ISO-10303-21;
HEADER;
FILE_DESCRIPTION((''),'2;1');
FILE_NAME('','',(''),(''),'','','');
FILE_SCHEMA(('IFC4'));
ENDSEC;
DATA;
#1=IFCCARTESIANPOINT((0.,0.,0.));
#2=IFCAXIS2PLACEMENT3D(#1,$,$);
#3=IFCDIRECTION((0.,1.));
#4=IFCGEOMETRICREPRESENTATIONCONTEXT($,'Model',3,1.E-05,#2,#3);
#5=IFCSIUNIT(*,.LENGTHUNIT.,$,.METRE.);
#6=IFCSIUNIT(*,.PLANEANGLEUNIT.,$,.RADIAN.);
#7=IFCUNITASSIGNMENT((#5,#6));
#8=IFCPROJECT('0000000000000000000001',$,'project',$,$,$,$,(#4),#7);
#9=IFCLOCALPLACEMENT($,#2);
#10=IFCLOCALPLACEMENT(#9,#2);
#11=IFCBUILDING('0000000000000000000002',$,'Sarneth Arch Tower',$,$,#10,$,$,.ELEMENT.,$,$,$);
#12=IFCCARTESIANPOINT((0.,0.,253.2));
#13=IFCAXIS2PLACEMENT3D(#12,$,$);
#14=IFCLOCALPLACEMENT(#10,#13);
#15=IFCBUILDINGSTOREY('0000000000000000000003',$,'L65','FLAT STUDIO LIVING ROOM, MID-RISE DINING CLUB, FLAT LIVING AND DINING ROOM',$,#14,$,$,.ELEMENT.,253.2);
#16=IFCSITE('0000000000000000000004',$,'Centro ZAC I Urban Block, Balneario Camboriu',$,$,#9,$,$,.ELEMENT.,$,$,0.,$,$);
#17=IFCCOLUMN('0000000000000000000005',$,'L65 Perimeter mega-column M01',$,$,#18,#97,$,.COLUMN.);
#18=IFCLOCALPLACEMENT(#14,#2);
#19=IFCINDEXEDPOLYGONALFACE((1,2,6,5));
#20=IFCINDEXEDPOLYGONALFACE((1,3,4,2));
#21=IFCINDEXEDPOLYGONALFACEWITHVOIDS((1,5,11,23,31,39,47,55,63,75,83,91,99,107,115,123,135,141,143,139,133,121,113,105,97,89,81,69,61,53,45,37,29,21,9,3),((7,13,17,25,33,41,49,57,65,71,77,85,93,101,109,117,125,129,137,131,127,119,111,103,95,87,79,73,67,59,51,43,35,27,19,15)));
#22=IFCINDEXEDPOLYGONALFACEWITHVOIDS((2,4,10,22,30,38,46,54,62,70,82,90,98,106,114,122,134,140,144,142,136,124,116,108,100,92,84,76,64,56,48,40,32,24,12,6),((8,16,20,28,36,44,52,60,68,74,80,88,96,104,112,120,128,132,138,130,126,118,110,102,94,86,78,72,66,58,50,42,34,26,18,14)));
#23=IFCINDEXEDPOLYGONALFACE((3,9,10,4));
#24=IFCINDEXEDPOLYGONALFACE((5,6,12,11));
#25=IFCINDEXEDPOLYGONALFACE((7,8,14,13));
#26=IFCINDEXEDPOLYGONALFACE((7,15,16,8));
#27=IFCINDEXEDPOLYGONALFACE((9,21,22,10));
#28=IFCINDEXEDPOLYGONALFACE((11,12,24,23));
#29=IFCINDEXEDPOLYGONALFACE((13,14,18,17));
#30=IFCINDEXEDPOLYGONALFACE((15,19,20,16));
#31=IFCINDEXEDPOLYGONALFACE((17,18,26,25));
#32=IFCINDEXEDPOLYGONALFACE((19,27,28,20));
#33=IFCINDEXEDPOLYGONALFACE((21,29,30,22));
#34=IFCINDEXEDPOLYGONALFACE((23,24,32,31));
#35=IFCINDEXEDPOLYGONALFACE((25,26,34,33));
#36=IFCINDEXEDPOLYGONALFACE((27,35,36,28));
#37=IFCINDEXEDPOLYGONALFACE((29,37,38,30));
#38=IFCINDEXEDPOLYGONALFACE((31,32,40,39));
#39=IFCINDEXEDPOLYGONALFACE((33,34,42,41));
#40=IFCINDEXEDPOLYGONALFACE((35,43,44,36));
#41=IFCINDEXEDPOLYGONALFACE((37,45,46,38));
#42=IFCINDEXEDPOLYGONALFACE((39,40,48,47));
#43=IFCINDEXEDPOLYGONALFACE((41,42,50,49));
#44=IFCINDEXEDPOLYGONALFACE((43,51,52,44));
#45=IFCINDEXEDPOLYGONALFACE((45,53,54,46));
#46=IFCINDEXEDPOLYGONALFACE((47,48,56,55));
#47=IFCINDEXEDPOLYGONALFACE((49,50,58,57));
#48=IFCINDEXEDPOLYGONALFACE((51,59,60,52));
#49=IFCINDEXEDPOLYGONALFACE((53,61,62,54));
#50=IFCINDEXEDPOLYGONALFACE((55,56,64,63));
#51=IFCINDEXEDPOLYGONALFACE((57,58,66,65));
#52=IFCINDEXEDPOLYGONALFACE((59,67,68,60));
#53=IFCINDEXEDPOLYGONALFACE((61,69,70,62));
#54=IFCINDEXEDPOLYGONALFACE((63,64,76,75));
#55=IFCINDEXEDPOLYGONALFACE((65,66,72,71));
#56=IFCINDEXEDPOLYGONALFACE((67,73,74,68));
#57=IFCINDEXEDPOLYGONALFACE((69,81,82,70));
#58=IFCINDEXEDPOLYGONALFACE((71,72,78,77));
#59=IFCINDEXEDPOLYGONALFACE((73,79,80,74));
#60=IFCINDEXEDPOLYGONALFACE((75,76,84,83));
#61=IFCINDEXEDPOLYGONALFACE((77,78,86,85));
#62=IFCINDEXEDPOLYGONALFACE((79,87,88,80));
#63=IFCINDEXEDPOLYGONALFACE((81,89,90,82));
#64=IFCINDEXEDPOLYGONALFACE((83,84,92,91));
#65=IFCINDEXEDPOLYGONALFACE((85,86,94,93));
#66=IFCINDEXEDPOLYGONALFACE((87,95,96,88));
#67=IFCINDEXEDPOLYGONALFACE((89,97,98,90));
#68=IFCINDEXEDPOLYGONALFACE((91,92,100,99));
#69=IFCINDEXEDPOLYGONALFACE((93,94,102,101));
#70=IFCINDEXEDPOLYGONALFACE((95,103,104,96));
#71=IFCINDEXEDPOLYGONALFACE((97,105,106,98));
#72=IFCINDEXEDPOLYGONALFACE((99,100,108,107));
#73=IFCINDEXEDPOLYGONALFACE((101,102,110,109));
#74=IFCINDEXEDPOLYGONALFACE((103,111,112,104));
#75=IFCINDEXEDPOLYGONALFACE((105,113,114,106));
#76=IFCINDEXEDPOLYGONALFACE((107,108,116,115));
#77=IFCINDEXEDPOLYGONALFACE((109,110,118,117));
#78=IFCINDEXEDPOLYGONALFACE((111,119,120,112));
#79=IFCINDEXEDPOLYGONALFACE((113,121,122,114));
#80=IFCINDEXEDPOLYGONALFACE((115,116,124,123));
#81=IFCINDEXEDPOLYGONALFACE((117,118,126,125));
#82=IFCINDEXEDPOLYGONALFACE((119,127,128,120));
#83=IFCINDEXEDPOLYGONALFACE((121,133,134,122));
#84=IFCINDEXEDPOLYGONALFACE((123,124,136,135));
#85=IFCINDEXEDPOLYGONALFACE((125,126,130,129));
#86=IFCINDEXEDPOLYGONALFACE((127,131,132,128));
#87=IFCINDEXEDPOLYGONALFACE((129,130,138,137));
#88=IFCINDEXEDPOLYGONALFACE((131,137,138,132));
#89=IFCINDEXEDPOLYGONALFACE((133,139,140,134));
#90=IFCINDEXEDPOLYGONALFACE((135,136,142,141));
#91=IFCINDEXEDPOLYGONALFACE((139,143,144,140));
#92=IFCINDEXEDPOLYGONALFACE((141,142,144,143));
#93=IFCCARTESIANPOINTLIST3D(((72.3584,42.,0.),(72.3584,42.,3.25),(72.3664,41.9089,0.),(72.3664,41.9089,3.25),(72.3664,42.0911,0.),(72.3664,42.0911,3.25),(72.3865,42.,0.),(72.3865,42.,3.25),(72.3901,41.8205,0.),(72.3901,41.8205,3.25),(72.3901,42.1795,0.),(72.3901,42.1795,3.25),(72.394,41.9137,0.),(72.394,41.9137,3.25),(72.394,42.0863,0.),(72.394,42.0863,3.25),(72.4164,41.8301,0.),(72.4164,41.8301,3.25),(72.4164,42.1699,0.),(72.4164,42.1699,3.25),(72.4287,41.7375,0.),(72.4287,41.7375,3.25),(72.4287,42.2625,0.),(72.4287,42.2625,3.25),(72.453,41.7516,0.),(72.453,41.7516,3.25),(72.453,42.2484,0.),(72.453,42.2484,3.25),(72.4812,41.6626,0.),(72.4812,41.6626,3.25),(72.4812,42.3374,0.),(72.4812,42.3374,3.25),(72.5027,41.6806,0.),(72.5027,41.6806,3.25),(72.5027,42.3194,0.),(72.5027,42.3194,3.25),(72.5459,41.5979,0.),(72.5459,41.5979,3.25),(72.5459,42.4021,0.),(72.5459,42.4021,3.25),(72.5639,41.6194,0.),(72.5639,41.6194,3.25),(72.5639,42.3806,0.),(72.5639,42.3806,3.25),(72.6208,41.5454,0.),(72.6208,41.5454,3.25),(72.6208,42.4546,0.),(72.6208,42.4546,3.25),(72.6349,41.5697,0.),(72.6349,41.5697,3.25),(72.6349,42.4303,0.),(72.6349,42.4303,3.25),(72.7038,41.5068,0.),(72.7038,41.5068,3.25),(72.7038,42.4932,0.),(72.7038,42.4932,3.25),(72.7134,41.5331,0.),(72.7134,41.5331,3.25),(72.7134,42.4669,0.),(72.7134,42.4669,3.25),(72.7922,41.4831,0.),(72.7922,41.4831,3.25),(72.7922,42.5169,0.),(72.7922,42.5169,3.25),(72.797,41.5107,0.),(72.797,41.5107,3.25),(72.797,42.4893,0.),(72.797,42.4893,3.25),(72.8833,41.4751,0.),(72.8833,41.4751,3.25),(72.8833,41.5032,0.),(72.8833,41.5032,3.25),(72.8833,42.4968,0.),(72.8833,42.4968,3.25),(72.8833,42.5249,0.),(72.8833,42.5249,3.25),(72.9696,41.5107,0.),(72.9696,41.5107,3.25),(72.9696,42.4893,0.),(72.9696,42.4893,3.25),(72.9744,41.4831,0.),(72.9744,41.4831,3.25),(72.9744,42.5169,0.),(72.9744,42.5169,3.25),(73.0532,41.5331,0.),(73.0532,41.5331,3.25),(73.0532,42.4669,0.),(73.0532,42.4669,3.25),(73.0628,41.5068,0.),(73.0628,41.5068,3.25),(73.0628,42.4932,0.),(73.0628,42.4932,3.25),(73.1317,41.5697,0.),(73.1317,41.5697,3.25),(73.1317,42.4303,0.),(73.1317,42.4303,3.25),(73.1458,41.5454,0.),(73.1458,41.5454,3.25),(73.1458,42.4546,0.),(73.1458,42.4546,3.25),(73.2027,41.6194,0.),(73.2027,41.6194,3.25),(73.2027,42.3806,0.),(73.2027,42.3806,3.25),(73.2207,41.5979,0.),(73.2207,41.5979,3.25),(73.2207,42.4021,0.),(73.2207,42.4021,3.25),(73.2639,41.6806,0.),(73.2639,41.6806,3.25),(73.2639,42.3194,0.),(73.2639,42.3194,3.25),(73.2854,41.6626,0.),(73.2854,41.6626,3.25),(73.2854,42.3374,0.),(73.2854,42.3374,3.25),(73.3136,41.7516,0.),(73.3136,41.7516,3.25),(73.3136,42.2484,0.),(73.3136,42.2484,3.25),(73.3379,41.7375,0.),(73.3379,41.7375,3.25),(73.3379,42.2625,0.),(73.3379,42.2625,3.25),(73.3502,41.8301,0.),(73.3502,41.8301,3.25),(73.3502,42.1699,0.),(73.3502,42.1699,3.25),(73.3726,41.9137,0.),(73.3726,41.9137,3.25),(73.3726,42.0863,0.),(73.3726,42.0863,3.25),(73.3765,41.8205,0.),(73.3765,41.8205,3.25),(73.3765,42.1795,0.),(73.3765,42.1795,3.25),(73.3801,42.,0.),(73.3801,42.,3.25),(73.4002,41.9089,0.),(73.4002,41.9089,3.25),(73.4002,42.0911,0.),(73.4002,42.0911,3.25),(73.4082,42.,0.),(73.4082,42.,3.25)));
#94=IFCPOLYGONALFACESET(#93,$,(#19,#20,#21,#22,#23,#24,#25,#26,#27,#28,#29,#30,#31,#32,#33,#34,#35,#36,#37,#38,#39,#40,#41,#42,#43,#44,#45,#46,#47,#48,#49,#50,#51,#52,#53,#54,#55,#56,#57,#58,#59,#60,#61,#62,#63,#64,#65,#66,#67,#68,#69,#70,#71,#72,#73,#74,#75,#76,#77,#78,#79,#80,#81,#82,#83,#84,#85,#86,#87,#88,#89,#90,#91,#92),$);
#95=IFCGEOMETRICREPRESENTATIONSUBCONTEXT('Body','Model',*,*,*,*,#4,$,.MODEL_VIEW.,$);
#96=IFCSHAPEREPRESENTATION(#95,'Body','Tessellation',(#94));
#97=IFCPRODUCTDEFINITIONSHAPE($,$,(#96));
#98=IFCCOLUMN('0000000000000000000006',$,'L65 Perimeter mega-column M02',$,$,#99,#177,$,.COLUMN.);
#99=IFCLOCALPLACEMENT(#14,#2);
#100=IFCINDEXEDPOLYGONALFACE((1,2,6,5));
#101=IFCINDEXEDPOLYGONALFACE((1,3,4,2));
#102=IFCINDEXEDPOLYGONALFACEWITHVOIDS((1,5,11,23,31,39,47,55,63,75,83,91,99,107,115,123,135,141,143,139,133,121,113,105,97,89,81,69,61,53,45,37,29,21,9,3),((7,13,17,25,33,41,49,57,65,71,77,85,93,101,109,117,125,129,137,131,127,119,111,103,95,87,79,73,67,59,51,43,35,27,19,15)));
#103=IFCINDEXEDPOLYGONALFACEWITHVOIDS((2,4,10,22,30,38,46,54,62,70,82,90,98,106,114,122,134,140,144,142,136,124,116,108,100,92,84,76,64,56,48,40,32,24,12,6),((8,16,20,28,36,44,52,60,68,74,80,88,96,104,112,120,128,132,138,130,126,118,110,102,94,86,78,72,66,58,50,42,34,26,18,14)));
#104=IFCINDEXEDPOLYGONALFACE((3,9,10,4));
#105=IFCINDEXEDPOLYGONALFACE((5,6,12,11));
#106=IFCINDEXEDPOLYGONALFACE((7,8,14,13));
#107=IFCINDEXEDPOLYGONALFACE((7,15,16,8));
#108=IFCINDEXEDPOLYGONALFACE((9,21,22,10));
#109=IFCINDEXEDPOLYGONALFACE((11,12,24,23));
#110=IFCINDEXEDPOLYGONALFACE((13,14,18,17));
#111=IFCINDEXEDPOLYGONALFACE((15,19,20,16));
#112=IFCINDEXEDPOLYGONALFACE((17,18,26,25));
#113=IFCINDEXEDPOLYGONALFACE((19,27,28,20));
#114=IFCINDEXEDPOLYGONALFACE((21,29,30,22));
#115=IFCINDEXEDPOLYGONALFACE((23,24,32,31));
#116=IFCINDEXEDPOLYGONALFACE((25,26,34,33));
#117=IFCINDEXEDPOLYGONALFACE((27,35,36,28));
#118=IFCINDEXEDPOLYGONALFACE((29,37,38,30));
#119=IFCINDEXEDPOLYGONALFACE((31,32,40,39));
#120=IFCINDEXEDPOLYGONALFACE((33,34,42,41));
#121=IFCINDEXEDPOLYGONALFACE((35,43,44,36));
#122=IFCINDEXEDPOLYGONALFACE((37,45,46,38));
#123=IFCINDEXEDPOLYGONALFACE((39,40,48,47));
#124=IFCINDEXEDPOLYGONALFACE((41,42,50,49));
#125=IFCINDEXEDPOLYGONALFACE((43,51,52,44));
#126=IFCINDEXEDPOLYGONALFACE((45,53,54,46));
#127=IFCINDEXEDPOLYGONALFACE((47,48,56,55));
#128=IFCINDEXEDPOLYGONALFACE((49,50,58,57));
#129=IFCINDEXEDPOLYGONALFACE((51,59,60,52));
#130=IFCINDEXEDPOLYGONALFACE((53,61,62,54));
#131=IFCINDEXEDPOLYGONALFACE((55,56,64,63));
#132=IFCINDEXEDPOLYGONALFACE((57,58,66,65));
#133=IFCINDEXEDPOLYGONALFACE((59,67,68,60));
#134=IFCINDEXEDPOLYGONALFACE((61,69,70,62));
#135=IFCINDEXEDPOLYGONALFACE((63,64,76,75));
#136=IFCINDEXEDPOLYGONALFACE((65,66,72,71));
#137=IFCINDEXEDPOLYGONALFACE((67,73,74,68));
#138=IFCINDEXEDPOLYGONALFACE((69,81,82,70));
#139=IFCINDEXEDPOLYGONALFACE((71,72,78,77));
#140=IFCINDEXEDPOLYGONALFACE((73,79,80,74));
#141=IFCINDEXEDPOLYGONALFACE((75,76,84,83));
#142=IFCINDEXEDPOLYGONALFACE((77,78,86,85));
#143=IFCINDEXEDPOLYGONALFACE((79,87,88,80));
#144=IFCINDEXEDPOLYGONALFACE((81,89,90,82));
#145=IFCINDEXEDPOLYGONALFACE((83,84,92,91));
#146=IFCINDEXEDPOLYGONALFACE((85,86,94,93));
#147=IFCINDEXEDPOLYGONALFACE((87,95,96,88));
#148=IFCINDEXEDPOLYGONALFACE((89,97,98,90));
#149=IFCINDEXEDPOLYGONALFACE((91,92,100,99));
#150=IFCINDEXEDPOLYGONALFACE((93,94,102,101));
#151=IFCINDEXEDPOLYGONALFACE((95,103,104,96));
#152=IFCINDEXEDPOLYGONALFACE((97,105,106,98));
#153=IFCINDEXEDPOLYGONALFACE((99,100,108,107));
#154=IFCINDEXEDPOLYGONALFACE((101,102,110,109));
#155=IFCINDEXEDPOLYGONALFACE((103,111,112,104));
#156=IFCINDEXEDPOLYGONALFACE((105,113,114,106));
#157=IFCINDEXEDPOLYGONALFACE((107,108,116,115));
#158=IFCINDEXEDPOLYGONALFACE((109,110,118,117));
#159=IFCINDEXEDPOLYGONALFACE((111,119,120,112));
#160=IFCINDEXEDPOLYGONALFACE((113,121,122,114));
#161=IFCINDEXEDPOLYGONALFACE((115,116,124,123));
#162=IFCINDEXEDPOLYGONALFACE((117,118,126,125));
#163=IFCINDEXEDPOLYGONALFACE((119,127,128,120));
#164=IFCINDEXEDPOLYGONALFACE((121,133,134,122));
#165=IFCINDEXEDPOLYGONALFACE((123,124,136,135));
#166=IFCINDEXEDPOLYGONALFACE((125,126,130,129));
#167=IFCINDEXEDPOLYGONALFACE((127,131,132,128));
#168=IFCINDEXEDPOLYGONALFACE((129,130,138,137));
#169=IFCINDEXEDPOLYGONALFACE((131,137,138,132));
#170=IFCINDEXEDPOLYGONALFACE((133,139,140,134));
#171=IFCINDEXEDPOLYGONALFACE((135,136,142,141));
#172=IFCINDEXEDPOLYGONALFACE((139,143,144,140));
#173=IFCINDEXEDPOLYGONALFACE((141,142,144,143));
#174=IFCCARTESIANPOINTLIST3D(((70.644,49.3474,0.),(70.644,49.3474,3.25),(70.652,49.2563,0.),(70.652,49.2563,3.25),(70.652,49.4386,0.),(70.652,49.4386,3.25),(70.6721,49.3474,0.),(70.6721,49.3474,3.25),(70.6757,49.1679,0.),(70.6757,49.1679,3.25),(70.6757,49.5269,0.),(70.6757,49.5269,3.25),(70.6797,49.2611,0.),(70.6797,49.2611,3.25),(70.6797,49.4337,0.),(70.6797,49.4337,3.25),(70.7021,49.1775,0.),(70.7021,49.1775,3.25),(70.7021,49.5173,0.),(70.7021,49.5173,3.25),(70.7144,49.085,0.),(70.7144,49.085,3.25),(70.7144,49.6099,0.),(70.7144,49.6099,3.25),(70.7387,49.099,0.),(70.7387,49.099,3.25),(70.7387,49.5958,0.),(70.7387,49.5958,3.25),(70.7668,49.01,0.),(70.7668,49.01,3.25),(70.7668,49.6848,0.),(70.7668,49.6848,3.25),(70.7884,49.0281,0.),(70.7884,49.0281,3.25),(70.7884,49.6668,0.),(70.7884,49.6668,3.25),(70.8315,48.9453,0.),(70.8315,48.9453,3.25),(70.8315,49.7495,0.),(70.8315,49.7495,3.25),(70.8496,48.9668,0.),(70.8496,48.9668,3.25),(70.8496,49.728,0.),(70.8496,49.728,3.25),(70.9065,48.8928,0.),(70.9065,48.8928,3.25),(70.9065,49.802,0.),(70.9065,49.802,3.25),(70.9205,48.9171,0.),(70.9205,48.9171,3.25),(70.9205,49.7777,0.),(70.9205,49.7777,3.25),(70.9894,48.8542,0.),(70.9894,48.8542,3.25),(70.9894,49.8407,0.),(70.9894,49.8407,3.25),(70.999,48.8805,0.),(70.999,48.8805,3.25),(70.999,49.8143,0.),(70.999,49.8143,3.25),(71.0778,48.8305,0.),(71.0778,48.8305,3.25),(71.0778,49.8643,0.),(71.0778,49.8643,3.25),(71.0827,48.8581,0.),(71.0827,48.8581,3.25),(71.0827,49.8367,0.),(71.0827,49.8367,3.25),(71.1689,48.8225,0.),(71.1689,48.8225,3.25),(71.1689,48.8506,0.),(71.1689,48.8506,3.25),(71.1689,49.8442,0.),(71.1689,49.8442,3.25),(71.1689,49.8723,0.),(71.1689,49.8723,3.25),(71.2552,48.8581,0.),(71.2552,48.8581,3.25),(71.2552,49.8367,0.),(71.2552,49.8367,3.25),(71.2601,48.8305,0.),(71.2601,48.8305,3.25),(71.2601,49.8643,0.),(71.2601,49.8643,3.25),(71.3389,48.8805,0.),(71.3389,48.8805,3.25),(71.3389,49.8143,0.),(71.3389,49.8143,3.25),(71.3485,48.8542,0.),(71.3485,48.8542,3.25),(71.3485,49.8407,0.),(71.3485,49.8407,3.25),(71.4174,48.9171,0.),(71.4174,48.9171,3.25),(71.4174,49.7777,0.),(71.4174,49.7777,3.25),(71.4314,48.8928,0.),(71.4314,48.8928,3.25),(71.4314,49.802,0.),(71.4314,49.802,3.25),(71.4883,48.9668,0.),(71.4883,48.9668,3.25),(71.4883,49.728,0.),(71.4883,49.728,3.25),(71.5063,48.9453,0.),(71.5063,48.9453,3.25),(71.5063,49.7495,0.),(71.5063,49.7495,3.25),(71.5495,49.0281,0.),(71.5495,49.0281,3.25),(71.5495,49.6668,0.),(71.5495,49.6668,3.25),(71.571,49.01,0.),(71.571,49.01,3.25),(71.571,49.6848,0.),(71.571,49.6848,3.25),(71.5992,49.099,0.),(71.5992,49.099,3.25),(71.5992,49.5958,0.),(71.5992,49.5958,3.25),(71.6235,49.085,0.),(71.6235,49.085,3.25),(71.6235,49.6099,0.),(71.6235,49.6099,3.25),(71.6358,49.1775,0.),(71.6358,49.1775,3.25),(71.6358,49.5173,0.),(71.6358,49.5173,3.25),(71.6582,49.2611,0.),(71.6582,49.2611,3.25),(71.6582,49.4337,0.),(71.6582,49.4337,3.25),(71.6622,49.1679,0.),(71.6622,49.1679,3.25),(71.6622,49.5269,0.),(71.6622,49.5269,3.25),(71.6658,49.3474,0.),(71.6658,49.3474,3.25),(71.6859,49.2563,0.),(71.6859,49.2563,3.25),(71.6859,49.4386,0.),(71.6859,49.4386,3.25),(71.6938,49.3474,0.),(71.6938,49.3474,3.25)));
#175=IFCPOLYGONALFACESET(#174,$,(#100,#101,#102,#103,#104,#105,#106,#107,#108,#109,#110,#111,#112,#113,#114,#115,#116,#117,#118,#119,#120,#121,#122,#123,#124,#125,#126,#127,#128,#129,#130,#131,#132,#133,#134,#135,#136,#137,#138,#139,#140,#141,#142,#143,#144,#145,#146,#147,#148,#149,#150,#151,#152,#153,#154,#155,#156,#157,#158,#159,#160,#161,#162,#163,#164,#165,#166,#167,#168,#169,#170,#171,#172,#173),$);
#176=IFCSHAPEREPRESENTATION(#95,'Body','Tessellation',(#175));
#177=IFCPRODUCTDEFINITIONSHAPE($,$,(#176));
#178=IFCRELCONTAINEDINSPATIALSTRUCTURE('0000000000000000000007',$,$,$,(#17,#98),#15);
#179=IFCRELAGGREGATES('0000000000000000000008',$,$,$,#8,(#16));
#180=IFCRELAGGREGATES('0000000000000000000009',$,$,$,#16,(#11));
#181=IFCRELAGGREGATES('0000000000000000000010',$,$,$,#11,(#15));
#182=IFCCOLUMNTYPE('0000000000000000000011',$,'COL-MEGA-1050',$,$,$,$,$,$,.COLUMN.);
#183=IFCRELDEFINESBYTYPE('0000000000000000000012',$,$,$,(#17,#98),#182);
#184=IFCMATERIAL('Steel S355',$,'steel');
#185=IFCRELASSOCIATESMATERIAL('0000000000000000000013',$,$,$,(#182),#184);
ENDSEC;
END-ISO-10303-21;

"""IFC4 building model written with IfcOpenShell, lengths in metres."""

from ifc_helpers import new_model, si_unit, direction, frame, origin, origin_2d, place, context, subcontext, project, spatial, hollow_circle, extrude, material, material_profile, profile_set, type_object, element, save


model = new_model("IFC4")

# Units and contexts
model_context = context("Model", 3, precision=1e-05, world=origin(), true_north=direction((0.0, 1.0)))
body_context = subcontext(model_context, "Body", "Model", "MODEL_VIEW")
ifc_project = project(units=[si_unit("LENGTHUNIT", "METRE"), si_unit("PLANEANGLEUNIT", "RADIAN")], contexts=[model_context])

# Site, building, storey
site_placement = place(None, origin())
site = spatial("IfcSite", under=ifc_project, at=site_placement, Name="Centro ZAC I Urban Block, Balneario Camboriu", CompositionType="ELEMENT", RefElevation=0.0)
building_placement = place(site_placement, origin())
building = spatial("IfcBuilding", under=site, at=building_placement, Name="Sarneth Arch Tower", CompositionType="ELEMENT")
storey_placement = place(building_placement, frame((0.0, 0.0, 253.2)))
storey = spatial("IfcBuildingStorey", under=building, at=storey_placement, Name="L65", Description="FLAT STUDIO LIVING ROOM, MID-RISE DINING CLUB, FLAT LIVING AND DINING ROOM", CompositionType="ELEMENT", Elevation=253.2)

# Columns
ifc_material_1 = material(Name="Steel S355", Category="steel")
ifc_material_profile_1 = material_profile(ifc_material_1, hollow_circle(Radius=0.5249, WallThickness=0.0281, at=origin_2d()), Name="CHS1050x28")
ifc_profile_set_1 = profile_set([ifc_material_profile_1], Name="Steel S355")
column_type = type_object("IfcColumnType", Name="COL-MEGA-1050", PredefinedType="COLUMN", material=ifc_profile_set_1)
for number, where, z_axis, x_axis, name in (
    (1, (72.8833, 42.0, 0.0), (0.0, 0.0, 1.0), (1.0, 0.0, 0.0), "L65 Perimeter mega-column M01"),
    (2, (71.1689, 49.3474, 0.0), (0.0, 0.0, 1.0), (1.0, 0.0, 0.0), "L65 Perimeter mega-column M02"),
):
    element("IfcColumn", number, at=place(storey_placement, frame(where, z_axis=z_axis, x_axis=x_axis)), inside=storey, type_object=column_type, Name=name, PredefinedType="COLUMN", context=body_context, shape_type="SweptSolid", body=[
        extrude(hollow_circle(Radius=0.5249, WallThickness=0.0281, at=origin_2d()), origin(), (0.0, 0.0, 1.0), 3.25),
    ])

save(model, "model.ifc")
